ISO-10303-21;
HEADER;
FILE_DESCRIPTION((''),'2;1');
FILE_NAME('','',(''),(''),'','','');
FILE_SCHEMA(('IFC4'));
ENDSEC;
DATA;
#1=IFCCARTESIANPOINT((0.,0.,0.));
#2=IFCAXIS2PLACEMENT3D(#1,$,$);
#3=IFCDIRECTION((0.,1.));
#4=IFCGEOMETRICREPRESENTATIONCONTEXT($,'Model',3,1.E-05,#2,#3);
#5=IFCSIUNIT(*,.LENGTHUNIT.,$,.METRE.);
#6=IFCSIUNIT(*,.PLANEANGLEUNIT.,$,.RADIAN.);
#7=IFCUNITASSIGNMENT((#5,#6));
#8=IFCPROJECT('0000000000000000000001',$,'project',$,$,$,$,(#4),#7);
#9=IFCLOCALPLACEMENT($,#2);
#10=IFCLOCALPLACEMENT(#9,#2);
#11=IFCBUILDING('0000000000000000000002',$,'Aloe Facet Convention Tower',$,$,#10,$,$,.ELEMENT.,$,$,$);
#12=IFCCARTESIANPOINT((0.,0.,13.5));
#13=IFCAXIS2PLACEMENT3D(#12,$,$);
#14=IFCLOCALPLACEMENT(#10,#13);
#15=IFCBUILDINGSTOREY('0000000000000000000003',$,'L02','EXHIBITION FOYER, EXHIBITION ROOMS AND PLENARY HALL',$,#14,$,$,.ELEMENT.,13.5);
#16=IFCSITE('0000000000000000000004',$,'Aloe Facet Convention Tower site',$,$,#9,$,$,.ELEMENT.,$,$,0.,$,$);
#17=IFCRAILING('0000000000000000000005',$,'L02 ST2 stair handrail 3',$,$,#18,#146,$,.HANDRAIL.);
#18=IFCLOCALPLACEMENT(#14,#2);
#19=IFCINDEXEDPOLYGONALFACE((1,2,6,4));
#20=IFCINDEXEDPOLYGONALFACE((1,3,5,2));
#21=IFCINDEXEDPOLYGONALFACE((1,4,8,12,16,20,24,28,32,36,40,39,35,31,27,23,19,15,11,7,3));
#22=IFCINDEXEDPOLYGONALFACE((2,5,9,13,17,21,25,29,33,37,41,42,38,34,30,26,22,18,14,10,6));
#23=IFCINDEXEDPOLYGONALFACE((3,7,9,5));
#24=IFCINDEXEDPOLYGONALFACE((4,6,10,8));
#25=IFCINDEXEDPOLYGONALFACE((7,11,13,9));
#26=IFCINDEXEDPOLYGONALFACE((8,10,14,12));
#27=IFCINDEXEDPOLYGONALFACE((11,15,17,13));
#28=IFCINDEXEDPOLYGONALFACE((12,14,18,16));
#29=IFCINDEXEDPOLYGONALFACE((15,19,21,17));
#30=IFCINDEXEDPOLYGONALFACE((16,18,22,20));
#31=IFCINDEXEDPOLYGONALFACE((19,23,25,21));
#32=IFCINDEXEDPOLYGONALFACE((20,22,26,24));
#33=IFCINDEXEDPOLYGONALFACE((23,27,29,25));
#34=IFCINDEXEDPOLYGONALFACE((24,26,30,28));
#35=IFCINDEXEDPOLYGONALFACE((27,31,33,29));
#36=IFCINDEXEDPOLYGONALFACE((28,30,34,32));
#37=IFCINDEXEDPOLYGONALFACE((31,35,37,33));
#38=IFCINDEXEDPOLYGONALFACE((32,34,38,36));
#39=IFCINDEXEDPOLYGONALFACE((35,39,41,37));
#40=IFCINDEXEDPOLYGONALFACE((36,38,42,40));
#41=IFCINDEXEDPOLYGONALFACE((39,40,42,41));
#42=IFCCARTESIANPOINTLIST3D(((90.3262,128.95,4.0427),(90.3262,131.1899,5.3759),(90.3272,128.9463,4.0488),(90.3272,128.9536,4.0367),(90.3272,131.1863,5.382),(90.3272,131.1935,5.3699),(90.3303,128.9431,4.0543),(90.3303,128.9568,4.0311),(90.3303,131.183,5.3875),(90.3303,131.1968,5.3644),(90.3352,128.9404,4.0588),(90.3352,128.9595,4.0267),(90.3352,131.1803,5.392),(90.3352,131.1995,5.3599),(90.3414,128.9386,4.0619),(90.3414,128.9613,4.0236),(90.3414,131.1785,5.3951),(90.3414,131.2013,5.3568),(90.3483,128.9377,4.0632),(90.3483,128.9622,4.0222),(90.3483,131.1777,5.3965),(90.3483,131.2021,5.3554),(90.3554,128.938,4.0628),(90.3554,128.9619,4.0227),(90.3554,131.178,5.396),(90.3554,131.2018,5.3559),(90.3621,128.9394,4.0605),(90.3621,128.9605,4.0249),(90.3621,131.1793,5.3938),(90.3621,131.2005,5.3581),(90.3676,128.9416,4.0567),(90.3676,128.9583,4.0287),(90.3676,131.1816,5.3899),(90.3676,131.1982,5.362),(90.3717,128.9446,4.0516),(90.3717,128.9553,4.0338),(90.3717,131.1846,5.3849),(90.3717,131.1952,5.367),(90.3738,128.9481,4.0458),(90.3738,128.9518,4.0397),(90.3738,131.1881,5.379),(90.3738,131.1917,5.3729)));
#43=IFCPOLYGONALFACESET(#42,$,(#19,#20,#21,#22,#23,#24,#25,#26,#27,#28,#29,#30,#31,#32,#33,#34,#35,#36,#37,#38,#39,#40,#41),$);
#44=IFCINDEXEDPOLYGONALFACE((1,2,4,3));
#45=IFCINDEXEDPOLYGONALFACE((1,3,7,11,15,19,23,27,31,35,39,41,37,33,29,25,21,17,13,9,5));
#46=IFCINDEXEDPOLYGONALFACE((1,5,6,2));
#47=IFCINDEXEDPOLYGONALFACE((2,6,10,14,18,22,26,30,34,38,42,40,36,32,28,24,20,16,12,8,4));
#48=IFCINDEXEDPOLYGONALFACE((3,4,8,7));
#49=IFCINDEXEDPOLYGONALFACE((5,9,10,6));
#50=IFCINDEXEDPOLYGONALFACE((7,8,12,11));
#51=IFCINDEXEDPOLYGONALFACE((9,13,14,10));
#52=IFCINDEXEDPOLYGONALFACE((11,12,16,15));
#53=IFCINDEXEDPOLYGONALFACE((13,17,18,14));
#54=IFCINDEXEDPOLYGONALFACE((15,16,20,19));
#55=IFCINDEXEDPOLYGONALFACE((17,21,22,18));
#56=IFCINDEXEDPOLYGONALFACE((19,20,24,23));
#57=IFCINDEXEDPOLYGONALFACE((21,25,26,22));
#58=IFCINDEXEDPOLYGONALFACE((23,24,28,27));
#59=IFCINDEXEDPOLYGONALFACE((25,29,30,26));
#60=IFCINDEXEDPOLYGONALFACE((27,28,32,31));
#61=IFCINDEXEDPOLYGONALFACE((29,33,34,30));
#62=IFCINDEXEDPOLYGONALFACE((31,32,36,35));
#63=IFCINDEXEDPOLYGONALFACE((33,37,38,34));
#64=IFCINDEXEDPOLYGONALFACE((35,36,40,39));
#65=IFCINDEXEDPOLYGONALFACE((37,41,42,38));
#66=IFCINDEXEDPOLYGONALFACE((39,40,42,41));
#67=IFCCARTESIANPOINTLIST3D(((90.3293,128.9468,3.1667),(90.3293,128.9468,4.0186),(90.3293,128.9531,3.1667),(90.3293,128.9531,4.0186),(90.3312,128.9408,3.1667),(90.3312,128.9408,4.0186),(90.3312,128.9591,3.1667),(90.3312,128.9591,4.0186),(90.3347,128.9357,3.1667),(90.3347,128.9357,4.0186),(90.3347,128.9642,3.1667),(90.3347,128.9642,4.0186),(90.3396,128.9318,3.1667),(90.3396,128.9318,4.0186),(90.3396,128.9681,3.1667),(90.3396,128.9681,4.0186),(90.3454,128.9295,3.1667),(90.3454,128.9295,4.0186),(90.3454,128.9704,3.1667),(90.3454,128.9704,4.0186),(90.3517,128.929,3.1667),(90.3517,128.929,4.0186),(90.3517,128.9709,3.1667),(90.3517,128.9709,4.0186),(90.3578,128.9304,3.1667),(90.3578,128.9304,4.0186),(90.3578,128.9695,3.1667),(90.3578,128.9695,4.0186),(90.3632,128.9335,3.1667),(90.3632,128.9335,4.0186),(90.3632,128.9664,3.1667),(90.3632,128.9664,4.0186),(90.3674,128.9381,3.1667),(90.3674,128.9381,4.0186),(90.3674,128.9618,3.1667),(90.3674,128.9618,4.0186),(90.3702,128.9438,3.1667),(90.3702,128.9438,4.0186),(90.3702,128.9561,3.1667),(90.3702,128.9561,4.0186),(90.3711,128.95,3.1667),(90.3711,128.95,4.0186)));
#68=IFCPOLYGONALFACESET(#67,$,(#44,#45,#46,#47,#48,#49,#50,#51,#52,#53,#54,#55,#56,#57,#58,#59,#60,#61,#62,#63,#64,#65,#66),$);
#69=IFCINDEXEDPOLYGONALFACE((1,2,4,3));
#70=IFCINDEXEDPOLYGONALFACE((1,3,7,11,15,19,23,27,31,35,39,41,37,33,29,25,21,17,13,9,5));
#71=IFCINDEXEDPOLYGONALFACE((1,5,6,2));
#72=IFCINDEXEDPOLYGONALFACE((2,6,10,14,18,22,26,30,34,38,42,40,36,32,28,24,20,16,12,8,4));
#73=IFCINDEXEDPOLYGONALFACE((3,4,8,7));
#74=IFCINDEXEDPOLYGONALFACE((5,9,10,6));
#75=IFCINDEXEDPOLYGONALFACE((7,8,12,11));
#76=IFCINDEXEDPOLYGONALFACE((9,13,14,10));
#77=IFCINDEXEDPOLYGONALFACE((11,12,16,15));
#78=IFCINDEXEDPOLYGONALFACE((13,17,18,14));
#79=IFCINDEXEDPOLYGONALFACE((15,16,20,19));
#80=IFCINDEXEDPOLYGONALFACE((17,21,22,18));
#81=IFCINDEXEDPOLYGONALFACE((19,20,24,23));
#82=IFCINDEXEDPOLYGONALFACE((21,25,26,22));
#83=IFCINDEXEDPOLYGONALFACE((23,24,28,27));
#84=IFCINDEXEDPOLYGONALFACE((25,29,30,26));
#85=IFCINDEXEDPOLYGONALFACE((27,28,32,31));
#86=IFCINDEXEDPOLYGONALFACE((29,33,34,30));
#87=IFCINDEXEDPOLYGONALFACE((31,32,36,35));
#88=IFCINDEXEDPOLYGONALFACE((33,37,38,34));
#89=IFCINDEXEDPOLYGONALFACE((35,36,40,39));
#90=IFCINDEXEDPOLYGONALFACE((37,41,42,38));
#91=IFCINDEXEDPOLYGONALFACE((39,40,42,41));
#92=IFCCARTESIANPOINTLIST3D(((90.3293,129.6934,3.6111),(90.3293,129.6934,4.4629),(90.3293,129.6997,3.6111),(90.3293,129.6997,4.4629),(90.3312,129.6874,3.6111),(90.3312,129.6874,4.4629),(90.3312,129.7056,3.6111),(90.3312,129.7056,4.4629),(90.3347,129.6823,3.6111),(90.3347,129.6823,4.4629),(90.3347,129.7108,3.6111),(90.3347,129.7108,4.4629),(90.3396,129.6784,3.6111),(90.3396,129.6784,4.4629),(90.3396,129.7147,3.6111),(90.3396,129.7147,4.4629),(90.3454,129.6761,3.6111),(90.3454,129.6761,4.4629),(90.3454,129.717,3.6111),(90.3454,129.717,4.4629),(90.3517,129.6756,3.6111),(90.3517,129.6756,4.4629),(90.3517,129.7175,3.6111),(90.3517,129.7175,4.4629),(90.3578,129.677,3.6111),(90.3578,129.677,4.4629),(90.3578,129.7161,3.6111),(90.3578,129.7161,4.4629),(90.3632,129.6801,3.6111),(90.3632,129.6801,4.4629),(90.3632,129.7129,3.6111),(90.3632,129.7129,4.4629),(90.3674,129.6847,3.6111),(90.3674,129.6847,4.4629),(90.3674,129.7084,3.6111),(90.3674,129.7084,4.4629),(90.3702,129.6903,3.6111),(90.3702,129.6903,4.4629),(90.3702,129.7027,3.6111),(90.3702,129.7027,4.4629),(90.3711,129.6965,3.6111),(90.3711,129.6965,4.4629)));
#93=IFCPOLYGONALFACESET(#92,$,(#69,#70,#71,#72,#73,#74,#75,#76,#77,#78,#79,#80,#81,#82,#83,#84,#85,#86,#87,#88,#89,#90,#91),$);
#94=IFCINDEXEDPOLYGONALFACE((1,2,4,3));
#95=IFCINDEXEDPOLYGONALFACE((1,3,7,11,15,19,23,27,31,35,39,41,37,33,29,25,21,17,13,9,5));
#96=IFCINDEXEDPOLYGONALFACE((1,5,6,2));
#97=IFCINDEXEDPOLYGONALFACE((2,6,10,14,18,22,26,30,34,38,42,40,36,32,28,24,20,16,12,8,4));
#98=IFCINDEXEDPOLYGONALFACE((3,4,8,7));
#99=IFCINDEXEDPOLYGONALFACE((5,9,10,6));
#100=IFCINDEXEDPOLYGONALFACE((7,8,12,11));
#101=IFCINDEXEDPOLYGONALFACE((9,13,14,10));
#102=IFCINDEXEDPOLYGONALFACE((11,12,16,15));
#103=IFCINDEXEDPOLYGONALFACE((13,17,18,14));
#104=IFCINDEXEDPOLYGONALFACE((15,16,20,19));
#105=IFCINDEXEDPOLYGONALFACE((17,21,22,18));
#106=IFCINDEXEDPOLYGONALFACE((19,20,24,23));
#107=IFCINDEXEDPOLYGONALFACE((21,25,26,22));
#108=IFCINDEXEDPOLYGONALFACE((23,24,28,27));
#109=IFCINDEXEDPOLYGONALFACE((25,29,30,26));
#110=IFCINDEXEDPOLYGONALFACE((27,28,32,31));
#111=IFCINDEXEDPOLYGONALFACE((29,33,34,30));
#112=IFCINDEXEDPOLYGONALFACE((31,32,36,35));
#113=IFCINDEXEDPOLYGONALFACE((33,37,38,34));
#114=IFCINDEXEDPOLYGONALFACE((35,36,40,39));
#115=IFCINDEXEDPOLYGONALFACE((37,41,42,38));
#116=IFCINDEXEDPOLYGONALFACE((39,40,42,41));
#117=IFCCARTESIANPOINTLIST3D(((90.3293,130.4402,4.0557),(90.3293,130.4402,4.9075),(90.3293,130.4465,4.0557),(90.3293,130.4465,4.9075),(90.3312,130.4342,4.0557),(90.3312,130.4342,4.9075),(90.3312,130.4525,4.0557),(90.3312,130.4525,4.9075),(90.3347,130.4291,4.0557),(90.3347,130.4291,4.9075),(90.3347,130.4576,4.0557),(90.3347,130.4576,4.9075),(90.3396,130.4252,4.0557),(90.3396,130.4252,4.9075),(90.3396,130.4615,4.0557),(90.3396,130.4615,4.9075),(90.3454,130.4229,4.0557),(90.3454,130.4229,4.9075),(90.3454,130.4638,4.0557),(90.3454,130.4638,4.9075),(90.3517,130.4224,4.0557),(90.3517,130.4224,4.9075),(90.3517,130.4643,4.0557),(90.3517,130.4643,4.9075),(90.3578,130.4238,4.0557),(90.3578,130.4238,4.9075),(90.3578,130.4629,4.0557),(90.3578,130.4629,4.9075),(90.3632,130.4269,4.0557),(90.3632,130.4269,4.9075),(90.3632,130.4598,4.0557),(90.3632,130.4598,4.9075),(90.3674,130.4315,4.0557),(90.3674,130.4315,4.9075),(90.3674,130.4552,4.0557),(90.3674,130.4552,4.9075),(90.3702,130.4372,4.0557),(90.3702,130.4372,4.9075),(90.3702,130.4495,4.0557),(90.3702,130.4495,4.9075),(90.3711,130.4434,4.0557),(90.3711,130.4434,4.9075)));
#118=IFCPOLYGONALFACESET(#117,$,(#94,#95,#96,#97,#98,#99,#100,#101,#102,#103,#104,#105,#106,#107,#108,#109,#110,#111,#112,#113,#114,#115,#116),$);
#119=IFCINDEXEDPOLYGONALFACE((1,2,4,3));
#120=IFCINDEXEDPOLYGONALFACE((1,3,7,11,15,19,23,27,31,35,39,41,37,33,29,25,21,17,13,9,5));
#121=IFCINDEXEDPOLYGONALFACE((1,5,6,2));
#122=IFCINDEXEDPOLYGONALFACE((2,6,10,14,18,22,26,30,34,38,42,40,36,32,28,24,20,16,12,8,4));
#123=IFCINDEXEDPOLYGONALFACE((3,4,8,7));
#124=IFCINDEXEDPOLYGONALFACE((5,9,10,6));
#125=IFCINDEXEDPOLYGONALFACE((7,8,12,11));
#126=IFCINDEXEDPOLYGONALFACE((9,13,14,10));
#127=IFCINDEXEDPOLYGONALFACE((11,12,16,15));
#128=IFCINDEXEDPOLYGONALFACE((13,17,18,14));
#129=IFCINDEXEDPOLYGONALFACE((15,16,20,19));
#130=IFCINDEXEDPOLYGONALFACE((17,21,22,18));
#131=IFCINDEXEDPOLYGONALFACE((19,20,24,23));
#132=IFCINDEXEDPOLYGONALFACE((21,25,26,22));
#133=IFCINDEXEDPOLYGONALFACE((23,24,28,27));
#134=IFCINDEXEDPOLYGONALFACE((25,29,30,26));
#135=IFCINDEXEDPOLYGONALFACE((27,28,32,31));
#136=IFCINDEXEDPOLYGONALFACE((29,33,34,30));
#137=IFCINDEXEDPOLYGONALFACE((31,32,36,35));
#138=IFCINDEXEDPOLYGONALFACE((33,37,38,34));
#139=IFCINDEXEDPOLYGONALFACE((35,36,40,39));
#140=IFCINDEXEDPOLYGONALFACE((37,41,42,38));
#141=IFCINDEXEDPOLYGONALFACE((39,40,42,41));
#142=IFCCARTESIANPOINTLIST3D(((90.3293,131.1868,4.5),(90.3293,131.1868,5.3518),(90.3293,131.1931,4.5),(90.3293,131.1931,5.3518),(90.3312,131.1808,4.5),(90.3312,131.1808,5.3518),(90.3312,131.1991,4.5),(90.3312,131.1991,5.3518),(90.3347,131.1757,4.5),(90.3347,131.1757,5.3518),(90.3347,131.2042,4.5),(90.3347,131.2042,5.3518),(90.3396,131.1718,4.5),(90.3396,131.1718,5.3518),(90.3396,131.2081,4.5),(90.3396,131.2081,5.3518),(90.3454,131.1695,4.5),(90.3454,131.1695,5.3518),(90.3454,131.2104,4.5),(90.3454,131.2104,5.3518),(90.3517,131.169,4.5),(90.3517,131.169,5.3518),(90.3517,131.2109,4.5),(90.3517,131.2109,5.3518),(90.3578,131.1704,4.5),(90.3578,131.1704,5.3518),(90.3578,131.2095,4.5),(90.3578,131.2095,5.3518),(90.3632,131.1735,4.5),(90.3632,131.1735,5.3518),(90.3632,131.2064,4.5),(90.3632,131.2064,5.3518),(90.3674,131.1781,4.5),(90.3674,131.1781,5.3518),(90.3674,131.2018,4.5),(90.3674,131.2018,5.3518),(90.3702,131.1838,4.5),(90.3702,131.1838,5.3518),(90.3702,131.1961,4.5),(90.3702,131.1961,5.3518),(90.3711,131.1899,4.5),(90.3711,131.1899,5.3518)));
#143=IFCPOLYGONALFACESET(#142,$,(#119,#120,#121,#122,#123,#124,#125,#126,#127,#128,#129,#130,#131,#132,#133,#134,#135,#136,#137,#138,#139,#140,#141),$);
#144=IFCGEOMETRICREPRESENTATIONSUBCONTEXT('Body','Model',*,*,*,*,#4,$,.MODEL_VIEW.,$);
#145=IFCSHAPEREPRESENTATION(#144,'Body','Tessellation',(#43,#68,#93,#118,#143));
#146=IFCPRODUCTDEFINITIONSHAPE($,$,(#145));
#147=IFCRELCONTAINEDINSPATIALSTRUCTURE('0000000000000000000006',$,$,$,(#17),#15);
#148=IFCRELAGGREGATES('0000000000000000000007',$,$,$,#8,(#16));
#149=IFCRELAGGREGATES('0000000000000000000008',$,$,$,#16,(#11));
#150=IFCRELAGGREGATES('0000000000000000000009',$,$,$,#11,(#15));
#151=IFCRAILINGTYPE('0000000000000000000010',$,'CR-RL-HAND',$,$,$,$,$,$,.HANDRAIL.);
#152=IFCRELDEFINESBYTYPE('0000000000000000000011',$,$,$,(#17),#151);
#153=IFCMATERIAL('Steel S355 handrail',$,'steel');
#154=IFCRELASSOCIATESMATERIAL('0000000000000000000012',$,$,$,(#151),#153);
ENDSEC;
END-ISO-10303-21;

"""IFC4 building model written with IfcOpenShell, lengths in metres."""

from ifc_helpers import new_model, si_unit, direction, frame, origin, origin_2d, place, context, subcontext, project, spatial, circle, extrude, material, type_object, element, save


model = new_model("IFC4")

# Units and contexts
model_context = context("Model", 3, precision=1e-05, world=origin(), true_north=direction((0.0, 1.0)))
body_context = subcontext(model_context, "Body", "Model", "MODEL_VIEW")
ifc_project = project(units=[si_unit("LENGTHUNIT", "METRE"), si_unit("PLANEANGLEUNIT", "RADIAN")], contexts=[model_context])

# Site, building, storey
site_placement = place(None, origin())
site = spatial("IfcSite", under=ifc_project, at=site_placement, Name="Aloe Facet Convention Tower site", CompositionType="ELEMENT", RefElevation=0.0)
building_placement = place(site_placement, origin())
building = spatial("IfcBuilding", under=site, at=building_placement, Name="Aloe Facet Convention Tower", CompositionType="ELEMENT")
storey_placement = place(building_placement, frame((0.0, 0.0, 13.5)))
storey = spatial("IfcBuildingStorey", under=building, at=storey_placement, Name="L02", Description="EXHIBITION FOYER, EXHIBITION ROOMS AND PLENARY HALL", CompositionType="ELEMENT", Elevation=13.5)

# Railing
ifc_material_1 = material(Name="Steel S355 handrail", Category="steel")
railing_type_1 = type_object("IfcRailingType", Name="CR-RL-HAND", PredefinedType="HANDRAIL", material=ifc_material_1)
for number, where, name in (
    (1, (90.3501, 128.95, 3.1667), "L02 ST2 stair handrail 3"),
):
    element("IfcRailing", number, at=place(storey_placement, frame(where)), inside=storey, type_object=railing_type_1, Name=name, PredefinedType="HANDRAIL", context=body_context, shape_type="SweptSolid", body=[
        extrude(circle(Radius=0.0239, at=origin_2d()), frame((0.0, 0.0, 0.876), z_axis=(0.0, 0.859306, 0.511462), x_axis=(-1.0, 0.0, 0.0)), (0.0, 0.0, 1.0), 2.6067),
        extrude(circle(Radius=0.021, at=origin_2d()), origin(), (0.0, 0.0, 1.0), 0.8518),
        extrude(circle(Radius=0.021, at=origin_2d()), frame((0.0, 0.7466, 0.4443)), (0.0, 0.0, 1.0), 0.8518),
        extrude(circle(Radius=0.021, at=origin_2d()), frame((0.0, 1.4934, 0.8889)), (0.0, 0.0, 1.0), 0.8518),
        extrude(circle(Radius=0.021, at=origin_2d()), frame((0.0, 2.24, 1.3333)), (0.0, 0.0, 1.0), 0.8518),
    ])

save(model, "model.ifc")
